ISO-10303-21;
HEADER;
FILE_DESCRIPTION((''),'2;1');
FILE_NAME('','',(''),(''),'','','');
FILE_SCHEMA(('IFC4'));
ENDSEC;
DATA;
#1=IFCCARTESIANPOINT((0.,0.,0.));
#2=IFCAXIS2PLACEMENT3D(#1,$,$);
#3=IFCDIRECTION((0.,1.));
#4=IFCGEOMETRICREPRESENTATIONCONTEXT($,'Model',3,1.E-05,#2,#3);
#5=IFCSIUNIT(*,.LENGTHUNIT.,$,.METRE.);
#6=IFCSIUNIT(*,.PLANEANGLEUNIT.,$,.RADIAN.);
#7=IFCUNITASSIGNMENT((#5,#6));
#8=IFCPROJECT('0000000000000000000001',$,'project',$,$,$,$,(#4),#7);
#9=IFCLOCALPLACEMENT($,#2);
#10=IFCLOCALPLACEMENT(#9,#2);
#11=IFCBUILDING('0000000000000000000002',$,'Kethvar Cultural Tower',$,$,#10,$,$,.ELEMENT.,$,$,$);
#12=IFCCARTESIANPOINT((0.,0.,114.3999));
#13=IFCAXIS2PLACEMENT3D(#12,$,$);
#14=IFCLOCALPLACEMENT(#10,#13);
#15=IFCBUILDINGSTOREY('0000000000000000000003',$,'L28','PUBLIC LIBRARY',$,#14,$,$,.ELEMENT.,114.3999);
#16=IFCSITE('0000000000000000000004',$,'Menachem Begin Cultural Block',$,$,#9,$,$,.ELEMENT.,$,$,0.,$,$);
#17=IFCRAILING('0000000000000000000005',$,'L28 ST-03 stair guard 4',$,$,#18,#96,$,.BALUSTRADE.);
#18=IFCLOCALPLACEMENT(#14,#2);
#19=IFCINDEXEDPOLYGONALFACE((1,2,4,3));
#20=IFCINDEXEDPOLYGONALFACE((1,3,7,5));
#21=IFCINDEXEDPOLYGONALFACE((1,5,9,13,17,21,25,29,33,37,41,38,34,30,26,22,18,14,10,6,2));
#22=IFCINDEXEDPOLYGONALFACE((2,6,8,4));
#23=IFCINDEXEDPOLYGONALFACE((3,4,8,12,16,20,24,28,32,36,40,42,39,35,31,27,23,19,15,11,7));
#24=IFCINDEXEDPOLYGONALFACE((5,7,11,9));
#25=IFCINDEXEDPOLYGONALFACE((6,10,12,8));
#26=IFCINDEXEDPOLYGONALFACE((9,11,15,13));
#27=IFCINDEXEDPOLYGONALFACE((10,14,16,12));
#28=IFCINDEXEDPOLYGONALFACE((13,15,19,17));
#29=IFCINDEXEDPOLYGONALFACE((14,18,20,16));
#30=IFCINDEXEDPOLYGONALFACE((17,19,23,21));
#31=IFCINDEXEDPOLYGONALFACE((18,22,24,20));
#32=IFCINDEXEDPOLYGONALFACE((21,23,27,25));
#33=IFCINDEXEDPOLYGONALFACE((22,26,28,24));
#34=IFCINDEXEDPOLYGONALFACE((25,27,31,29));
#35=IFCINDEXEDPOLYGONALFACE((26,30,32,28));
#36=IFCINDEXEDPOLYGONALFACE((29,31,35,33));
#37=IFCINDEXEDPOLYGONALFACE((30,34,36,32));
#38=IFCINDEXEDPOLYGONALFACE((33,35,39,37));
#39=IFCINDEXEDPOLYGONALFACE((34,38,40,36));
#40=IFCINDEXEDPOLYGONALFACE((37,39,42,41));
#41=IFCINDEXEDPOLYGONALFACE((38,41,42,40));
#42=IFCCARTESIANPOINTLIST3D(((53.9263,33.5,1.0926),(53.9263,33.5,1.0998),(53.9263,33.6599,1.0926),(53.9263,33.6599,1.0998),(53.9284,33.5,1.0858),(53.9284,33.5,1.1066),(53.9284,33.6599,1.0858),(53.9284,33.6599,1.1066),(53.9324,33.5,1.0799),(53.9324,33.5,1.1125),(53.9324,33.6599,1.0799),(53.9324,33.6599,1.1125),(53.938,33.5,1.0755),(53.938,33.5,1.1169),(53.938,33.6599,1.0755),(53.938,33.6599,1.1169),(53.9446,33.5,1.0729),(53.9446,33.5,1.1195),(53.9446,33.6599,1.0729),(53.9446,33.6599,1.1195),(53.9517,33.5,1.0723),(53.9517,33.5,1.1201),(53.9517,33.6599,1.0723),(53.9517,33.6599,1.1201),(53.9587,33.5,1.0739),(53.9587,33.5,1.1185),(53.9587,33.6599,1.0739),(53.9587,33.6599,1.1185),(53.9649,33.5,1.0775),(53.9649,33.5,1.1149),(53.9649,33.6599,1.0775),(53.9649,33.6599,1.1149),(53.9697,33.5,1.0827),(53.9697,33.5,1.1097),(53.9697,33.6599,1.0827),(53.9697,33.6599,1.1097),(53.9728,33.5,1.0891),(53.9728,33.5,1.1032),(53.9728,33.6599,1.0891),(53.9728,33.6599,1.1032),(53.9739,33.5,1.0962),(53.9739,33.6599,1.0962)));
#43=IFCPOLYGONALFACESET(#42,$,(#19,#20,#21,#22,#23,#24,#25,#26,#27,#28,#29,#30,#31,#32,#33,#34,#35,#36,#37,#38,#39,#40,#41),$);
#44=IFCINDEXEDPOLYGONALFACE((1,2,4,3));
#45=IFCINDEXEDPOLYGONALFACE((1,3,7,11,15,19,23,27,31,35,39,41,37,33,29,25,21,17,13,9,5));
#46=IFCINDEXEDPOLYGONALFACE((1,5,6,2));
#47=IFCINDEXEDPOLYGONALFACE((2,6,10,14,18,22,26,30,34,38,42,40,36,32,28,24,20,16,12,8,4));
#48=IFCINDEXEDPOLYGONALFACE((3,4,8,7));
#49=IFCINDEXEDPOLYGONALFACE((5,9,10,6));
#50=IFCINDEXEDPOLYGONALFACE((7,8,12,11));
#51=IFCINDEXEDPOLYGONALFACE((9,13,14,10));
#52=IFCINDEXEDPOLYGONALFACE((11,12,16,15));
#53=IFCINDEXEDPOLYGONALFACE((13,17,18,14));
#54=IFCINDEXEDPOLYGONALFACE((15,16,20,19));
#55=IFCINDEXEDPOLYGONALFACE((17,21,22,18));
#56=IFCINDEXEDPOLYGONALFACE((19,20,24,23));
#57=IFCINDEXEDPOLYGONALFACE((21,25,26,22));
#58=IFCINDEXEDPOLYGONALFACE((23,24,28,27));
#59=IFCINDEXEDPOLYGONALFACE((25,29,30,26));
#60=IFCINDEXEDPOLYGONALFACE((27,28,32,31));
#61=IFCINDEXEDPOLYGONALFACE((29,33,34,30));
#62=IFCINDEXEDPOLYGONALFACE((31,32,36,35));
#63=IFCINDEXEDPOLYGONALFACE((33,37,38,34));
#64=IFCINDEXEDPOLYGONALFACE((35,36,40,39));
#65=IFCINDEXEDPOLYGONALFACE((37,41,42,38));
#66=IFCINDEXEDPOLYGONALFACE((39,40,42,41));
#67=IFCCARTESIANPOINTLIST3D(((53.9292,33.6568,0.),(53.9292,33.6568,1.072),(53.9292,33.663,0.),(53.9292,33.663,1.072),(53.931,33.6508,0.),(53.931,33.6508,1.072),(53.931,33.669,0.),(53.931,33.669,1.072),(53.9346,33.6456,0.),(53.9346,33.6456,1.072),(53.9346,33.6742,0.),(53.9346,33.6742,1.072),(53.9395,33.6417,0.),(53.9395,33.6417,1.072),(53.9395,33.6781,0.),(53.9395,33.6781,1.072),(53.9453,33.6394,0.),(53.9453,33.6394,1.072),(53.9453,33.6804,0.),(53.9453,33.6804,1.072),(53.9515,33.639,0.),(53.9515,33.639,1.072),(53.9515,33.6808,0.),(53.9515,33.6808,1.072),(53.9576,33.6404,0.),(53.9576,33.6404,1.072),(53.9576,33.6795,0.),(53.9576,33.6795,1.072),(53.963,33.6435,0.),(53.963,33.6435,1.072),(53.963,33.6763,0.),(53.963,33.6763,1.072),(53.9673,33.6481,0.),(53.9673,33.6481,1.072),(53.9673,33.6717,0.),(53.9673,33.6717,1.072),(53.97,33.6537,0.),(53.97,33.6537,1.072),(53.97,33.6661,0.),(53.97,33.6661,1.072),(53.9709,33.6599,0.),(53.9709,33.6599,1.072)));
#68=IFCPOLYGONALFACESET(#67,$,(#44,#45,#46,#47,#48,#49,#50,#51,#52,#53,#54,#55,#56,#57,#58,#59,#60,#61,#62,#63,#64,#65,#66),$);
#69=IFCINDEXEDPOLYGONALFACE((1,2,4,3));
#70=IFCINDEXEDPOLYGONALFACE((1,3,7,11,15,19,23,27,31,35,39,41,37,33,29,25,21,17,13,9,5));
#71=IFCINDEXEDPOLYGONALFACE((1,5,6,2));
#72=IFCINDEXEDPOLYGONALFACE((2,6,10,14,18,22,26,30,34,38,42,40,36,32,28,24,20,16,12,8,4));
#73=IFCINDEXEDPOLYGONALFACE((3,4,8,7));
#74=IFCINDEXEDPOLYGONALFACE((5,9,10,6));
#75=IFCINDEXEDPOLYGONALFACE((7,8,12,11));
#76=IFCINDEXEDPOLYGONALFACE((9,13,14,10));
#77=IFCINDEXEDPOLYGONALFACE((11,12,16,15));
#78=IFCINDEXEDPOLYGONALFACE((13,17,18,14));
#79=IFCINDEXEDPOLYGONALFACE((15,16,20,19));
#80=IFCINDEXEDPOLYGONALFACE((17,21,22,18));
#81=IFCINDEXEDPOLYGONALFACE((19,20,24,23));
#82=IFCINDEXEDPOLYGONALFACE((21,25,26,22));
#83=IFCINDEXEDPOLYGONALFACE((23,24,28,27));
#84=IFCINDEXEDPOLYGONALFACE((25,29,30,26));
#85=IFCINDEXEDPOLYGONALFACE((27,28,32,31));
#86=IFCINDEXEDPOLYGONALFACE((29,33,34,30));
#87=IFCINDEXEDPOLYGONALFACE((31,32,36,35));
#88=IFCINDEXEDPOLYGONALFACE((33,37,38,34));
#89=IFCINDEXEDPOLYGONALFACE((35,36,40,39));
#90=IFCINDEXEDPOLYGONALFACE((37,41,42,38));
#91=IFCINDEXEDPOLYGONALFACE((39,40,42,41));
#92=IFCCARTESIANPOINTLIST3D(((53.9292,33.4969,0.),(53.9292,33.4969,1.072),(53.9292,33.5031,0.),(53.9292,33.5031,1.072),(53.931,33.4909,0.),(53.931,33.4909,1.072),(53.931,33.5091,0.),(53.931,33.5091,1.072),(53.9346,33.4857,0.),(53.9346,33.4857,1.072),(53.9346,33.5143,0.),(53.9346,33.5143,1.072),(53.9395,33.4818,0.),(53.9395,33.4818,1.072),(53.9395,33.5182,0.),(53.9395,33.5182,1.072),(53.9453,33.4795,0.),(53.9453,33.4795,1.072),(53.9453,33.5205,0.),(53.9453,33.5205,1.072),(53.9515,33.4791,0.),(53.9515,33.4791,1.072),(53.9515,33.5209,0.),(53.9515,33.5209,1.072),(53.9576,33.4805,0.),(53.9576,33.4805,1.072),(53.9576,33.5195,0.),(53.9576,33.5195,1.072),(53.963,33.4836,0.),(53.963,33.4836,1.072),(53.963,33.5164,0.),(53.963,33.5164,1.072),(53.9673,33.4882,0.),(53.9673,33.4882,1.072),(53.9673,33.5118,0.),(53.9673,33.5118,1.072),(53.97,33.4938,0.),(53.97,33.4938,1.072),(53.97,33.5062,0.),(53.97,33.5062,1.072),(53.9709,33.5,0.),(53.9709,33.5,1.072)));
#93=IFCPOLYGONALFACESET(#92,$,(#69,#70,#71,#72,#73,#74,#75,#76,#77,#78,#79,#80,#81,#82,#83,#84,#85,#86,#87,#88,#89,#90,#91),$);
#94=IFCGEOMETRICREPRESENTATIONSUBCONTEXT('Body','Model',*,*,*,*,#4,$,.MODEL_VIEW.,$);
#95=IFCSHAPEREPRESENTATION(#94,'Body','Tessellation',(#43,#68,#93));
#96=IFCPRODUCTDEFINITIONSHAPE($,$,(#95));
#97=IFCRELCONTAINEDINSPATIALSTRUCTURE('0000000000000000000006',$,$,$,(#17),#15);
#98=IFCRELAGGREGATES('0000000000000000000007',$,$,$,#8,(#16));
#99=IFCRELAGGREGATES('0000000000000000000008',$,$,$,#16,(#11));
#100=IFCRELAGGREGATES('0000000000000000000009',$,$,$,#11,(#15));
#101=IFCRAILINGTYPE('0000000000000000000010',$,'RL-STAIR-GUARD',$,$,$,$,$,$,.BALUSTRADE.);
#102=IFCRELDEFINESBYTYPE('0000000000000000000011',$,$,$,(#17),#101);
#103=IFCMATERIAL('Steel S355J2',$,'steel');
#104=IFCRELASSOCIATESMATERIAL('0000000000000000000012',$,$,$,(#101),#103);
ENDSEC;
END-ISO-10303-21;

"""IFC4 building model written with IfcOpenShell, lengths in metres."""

from ifc_helpers import new_model, si_unit, direction, frame, origin, origin_2d, place, context, subcontext, project, spatial, circle, extrude, material, type_object, element, save


model = new_model("IFC4")

# Units and contexts
model_context = context("Model", 3, precision=1e-05, world=origin(), true_north=direction((0.0, 1.0)))
body_context = subcontext(model_context, "Body", "Model", "MODEL_VIEW")
ifc_project = project(units=[si_unit("LENGTHUNIT", "METRE"), si_unit("PLANEANGLEUNIT", "RADIAN")], contexts=[model_context])

# Site, building, storey
site_placement = place(None, origin())
site = spatial("IfcSite", under=ifc_project, at=site_placement, Name="Menachem Begin Cultural Block", CompositionType="ELEMENT", RefElevation=0.0)
building_placement = place(site_placement, origin())
building = spatial("IfcBuilding", under=site, at=building_placement, Name="Kethvar Cultural Tower", CompositionType="ELEMENT")
storey_placement = place(building_placement, frame((0.0, 0.0, 114.3999)))
storey = spatial("IfcBuildingStorey", under=building, at=storey_placement, Name="L28", Description="PUBLIC LIBRARY", CompositionType="ELEMENT", Elevation=114.3999)

# Shared definitions
ifc_material_1 = material(Name="Steel S355J2", Category="steel")

# Railing
railing_type_1 = type_object("IfcRailingType", Name="RL-STAIR-GUARD", PredefinedType="BALUSTRADE", material=ifc_material_1)
railing_1_placement = place(storey_placement, frame((53.95, 33.6599, 0.0)))
element("IfcRailing", 1, at=railing_1_placement, inside=storey, type_object=railing_type_1, Name="L28 ST-03 stair guard 4", PredefinedType="BALUSTRADE", context=body_context, shape_type="SweptSolid", body=[
    extrude(circle(Radius=0.0239, at=origin_2d()), frame((0.0, 0.0, 1.0962), z_axis=(0.0, -1.0, 0.0), x_axis=(1.0, 0.0, 0.0)), (0.0, 0.0, 1.0), 0.1599),
    extrude(circle(Radius=0.021, at=origin_2d()), origin(), (0.0, 0.0, 1.0), 1.072),
    extrude(circle(Radius=0.021, at=origin_2d()), frame((0.0, -0.1599, 0.0)), (0.0, 0.0, 1.0), 1.072),
])

save(model, "model.ifc")
